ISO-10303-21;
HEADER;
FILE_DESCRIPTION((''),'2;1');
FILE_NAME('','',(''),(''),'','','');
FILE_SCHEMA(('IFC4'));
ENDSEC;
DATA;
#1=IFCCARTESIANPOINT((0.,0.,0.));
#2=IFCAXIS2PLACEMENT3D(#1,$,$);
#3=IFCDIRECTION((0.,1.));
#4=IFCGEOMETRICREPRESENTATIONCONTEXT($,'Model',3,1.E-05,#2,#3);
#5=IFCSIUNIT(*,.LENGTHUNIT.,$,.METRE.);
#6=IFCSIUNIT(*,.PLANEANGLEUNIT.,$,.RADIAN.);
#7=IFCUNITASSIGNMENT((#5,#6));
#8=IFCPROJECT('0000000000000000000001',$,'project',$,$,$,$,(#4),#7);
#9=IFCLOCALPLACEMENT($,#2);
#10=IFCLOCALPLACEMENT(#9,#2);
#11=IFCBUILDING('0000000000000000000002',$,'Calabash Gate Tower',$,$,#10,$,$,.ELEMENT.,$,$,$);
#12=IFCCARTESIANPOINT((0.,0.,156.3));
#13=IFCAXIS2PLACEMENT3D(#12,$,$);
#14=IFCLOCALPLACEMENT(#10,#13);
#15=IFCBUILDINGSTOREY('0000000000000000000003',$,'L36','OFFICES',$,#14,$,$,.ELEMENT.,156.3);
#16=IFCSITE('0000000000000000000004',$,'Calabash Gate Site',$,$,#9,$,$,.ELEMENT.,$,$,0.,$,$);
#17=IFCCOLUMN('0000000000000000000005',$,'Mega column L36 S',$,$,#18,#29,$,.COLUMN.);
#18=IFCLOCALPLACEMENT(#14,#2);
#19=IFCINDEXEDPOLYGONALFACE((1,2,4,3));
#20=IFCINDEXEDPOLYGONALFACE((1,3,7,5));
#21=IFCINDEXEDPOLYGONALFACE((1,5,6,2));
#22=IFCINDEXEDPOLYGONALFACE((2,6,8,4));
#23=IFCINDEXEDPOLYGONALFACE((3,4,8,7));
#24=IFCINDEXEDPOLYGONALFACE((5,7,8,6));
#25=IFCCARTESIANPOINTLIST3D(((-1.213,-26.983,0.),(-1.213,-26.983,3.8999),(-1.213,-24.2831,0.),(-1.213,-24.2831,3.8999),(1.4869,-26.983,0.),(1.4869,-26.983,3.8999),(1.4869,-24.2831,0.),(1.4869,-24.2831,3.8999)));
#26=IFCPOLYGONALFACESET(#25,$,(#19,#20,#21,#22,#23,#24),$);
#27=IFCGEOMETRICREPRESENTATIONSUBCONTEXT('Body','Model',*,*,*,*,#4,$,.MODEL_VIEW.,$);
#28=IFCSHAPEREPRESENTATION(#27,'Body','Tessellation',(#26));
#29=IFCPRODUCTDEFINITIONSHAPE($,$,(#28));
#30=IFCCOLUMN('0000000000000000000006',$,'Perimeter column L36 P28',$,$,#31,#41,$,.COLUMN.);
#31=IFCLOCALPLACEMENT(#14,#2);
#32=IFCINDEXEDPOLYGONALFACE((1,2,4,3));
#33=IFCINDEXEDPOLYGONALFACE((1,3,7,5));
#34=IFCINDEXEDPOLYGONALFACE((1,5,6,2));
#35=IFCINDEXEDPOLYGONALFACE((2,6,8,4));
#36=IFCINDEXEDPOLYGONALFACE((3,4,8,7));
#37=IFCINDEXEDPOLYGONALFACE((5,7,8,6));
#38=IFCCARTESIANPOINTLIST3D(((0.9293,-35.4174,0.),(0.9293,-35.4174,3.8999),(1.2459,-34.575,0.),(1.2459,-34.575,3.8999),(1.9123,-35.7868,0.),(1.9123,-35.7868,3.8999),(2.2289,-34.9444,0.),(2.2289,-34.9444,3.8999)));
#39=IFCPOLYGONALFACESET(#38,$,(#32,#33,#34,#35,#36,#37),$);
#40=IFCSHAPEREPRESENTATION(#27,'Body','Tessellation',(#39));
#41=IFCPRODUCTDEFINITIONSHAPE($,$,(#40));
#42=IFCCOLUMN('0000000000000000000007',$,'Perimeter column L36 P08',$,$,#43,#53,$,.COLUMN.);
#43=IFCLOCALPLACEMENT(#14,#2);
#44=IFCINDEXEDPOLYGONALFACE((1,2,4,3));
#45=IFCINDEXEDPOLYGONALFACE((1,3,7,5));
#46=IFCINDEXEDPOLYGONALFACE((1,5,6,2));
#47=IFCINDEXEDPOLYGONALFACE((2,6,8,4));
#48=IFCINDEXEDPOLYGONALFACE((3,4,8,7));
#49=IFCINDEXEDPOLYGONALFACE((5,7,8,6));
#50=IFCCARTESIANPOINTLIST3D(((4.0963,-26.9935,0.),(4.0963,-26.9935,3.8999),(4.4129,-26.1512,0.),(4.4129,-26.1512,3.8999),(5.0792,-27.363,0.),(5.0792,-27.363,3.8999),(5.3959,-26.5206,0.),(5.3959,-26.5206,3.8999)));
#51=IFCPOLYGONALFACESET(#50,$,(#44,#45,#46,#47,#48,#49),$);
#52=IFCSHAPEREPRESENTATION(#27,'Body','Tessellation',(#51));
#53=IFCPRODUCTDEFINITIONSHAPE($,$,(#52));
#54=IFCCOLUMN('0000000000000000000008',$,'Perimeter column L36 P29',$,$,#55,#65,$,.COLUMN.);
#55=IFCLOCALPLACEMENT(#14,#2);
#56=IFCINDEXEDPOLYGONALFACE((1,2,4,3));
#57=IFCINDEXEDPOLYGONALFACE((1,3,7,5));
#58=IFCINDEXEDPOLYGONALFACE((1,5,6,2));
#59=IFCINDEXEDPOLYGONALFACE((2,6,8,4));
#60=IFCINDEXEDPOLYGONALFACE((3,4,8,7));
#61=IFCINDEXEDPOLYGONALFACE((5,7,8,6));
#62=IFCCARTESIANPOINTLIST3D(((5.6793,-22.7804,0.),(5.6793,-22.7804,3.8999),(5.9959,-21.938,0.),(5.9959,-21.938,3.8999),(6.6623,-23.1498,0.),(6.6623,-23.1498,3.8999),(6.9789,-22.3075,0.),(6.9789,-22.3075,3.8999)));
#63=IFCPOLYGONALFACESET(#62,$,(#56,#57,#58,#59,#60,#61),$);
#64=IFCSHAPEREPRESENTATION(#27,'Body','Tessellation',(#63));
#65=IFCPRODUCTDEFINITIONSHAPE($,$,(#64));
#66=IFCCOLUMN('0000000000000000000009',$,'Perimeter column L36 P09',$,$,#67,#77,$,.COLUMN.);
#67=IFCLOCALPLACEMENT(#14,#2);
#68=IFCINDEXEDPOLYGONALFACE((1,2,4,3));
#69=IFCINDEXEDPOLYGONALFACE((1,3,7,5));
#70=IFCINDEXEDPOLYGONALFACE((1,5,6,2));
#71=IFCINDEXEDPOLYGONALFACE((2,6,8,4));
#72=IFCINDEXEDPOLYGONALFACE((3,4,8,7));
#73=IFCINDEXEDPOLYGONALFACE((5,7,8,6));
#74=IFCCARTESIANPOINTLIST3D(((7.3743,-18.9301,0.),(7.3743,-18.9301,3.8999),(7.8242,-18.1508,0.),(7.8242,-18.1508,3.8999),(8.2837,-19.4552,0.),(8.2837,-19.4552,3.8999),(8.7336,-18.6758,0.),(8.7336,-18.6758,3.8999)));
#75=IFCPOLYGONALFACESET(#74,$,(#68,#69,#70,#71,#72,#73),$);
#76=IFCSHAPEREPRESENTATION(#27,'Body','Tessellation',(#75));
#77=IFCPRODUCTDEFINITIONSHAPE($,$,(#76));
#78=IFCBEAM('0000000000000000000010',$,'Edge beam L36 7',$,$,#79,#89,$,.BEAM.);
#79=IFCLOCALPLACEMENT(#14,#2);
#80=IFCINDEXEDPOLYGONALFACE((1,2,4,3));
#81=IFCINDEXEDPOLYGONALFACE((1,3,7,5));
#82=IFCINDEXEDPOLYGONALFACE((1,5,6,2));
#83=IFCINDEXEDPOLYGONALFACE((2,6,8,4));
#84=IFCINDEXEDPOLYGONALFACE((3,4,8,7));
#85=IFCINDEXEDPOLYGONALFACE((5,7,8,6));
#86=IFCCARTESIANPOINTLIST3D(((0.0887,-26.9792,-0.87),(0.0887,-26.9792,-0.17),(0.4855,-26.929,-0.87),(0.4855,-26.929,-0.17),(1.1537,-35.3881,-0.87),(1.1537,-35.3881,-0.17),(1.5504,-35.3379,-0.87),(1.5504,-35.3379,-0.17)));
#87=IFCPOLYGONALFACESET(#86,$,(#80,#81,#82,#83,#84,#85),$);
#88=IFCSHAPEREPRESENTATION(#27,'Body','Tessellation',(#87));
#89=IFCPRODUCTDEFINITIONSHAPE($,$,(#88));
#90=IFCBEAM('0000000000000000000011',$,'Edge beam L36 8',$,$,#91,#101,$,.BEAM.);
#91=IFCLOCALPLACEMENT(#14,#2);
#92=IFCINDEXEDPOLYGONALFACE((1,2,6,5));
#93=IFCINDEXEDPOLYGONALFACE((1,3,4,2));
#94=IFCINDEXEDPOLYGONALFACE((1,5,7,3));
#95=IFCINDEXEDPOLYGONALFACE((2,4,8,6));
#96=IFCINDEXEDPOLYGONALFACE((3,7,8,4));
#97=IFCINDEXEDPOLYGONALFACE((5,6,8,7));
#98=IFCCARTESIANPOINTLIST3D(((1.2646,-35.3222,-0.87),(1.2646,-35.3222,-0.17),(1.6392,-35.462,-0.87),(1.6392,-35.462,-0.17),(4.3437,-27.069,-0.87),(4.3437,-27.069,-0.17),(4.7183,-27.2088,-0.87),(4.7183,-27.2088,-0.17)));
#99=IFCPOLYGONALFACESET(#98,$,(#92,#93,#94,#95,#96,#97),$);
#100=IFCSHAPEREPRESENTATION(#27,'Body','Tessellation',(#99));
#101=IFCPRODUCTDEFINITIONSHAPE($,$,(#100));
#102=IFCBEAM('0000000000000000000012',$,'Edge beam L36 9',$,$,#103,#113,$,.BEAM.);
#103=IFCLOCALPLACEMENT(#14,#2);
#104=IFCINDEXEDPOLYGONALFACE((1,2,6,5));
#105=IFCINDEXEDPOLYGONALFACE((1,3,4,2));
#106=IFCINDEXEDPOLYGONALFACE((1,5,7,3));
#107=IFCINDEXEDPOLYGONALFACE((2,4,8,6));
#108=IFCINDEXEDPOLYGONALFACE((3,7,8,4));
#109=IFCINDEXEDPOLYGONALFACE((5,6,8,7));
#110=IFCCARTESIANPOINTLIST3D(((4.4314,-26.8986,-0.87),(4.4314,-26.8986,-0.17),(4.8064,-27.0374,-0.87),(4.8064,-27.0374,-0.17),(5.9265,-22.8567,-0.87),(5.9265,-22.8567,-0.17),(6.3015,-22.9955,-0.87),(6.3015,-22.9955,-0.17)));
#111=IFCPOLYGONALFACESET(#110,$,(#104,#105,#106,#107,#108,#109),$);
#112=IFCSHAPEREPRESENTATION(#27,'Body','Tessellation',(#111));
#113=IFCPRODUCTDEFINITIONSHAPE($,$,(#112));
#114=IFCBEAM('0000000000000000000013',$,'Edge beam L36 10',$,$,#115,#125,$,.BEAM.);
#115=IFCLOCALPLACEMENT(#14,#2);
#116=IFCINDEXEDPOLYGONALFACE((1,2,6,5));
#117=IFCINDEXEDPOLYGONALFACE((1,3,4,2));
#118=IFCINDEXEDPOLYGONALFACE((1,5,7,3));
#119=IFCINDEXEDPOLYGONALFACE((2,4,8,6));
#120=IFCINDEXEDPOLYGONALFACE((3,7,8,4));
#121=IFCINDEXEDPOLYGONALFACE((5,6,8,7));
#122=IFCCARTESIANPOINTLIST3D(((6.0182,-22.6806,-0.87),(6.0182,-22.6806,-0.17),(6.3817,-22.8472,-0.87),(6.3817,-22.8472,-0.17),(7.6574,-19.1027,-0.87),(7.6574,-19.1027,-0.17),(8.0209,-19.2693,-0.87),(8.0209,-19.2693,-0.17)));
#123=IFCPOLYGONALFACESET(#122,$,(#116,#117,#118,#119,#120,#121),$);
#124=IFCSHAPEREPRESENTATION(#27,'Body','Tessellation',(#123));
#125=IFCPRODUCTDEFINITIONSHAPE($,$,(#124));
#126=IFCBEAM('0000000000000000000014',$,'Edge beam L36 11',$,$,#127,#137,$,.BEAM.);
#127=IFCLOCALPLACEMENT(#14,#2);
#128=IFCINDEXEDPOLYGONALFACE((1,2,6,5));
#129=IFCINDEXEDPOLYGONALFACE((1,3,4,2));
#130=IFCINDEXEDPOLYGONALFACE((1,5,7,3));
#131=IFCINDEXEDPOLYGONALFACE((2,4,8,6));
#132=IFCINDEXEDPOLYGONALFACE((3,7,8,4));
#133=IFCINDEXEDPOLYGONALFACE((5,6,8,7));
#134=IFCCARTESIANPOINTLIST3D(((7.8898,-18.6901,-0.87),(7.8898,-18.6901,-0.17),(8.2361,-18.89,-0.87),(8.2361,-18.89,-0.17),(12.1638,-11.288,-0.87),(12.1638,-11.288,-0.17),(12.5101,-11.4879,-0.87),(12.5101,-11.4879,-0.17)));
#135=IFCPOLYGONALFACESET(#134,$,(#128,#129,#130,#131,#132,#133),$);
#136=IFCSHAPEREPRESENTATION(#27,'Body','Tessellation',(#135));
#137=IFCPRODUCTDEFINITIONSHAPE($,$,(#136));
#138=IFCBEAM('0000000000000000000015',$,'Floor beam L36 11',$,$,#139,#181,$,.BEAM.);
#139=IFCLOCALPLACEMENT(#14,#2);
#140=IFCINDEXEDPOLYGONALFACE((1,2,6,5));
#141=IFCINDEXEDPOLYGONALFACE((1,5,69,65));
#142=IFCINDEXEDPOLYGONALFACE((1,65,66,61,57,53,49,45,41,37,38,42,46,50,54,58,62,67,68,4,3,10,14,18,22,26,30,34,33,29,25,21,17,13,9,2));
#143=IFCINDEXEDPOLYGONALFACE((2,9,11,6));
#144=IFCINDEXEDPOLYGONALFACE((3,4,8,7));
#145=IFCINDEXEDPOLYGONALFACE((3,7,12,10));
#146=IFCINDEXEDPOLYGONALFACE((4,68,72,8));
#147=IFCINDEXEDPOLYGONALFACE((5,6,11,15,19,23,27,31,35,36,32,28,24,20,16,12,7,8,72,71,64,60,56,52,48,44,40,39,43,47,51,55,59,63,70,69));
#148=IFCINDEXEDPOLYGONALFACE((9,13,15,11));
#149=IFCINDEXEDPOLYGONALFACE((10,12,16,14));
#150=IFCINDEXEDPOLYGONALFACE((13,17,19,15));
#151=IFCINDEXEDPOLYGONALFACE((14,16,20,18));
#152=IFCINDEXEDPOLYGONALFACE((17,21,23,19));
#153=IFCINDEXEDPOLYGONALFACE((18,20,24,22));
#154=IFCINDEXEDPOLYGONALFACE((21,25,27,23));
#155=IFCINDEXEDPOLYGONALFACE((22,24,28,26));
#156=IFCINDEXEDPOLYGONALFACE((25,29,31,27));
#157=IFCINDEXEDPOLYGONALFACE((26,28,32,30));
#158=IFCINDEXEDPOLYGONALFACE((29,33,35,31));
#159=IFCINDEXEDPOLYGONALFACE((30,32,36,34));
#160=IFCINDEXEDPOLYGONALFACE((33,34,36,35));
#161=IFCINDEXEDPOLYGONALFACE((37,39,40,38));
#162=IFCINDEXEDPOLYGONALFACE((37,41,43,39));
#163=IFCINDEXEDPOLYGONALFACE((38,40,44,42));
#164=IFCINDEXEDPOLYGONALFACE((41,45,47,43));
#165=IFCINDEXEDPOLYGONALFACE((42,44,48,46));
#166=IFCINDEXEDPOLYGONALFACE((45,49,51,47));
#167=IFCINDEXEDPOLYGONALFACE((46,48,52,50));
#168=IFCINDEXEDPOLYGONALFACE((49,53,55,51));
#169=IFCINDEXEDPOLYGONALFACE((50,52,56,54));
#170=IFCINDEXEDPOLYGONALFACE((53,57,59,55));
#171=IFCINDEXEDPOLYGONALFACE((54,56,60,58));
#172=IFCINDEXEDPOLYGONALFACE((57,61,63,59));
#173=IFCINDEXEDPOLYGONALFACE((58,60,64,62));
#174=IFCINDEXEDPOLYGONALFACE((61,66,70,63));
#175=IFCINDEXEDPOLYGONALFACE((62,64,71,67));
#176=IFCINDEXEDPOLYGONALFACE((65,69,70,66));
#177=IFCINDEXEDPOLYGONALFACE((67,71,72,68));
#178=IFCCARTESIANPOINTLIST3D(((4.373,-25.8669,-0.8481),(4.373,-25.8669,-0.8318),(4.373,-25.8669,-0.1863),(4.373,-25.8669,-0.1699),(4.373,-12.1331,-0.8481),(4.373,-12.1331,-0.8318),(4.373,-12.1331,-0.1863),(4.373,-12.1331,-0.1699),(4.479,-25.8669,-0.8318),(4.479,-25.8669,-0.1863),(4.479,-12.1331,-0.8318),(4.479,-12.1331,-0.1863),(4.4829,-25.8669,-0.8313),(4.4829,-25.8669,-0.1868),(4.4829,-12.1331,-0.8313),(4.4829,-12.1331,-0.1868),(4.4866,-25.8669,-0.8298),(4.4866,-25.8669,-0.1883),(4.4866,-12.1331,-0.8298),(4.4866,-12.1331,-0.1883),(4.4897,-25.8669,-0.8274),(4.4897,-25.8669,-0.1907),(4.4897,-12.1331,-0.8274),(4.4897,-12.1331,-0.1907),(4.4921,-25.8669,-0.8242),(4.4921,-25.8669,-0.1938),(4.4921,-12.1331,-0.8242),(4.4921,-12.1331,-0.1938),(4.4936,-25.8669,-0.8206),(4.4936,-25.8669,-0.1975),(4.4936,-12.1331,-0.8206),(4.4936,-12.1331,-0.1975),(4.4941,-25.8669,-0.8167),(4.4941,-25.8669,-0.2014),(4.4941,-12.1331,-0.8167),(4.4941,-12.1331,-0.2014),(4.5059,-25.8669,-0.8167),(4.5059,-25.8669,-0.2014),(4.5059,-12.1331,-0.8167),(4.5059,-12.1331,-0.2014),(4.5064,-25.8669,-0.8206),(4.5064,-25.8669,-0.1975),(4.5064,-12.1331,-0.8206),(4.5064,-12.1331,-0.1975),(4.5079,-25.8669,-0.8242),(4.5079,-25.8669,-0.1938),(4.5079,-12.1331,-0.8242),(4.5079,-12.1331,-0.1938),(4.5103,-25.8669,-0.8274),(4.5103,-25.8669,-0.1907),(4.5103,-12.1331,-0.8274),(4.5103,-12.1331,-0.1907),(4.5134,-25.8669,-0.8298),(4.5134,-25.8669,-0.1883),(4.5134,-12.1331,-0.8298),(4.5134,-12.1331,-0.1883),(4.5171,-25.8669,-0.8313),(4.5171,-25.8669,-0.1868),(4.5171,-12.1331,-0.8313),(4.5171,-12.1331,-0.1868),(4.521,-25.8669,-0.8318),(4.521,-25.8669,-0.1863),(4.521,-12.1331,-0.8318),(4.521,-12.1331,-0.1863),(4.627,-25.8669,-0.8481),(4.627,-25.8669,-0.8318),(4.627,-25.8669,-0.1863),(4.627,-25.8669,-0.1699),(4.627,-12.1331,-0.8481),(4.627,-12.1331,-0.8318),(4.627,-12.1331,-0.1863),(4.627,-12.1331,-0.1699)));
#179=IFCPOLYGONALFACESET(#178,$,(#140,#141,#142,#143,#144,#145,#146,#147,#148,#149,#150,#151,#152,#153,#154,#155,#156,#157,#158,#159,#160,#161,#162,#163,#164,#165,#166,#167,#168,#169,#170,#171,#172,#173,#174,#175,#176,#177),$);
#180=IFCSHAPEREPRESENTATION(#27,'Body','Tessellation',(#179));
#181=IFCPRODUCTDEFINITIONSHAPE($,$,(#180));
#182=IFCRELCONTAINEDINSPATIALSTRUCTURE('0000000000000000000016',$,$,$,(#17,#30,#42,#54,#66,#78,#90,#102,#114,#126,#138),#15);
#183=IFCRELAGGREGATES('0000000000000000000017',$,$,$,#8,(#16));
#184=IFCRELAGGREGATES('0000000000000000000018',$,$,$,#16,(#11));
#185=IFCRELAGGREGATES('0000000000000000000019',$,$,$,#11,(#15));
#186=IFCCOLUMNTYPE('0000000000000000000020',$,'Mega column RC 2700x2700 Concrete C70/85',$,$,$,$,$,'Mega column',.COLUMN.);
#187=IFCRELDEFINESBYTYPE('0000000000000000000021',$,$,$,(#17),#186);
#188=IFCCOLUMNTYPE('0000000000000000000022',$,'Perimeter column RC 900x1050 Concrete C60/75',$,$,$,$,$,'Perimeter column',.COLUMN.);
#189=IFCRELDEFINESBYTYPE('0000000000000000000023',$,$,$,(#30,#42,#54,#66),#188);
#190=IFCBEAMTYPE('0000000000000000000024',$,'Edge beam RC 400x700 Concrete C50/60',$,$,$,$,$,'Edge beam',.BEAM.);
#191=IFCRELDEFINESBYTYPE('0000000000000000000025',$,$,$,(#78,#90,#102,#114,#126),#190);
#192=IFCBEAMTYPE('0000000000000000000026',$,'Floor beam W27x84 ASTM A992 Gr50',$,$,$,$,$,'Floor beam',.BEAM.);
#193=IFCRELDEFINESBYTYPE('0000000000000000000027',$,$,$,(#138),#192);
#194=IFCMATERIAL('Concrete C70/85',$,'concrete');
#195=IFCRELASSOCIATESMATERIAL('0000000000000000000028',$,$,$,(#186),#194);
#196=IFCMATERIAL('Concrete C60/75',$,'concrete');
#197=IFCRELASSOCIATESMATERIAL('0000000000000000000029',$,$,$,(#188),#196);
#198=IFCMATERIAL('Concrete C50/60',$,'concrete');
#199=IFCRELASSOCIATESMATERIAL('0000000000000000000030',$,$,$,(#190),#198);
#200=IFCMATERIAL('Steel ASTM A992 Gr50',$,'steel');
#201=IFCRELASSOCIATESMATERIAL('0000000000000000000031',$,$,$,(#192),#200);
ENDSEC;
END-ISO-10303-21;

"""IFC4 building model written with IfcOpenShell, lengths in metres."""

from ifc_helpers import new_model, si_unit, direction, frame, origin, origin_2d, place, context, subcontext, project, spatial, rectangle, i_section, extrude, material, material_profile, profile_set, type_object, element, save


model = new_model("IFC4")

# Units and contexts
model_context = context("Model", 3, precision=1e-05, world=origin(), true_north=direction((0.0, 1.0)))
body_context = subcontext(model_context, "Body", "Model", "MODEL_VIEW")
ifc_project = project(units=[si_unit("LENGTHUNIT", "METRE"), si_unit("PLANEANGLEUNIT", "RADIAN")], contexts=[model_context])

# Site, building, storey
site_placement = place(None, origin())
site = spatial("IfcSite", under=ifc_project, at=site_placement, Name="Calabash Gate Site", CompositionType="ELEMENT", RefElevation=0.0)
building_placement = place(site_placement, origin())
building = spatial("IfcBuilding", under=site, at=building_placement, Name="Calabash Gate Tower", CompositionType="ELEMENT")
storey_placement = place(building_placement, frame((0.0, 0.0, 156.3)))
storey = spatial("IfcBuildingStorey", under=building, at=storey_placement, Name="L36", Description="OFFICES", CompositionType="ELEMENT", Elevation=156.3)

# Columns
ifc_material_1 = material(Name="Concrete C70/85", Category="concrete")
ifc_material_profile_1 = material_profile(ifc_material_1, rectangle(XDim=2.7, YDim=2.7, at=origin_2d()))
ifc_profile_set_1 = profile_set([ifc_material_profile_1], Name="Concrete C70/85")
column_type_1 = type_object("IfcColumnType", Name="Mega column RC 2700x2700 Concrete C70/85", ElementType="Mega column", PredefinedType="COLUMN", material=ifc_profile_set_1)
column_placement = place(storey_placement, frame((0.137, -25.6331, 0.0), z_axis=(0.0, 0.0, 1.0), x_axis=(0.0, 1.0, 0.0)))
element("IfcColumn", 1, at=column_placement, inside=storey, type_object=column_type_1, Name="Mega column L36 S", PredefinedType="COLUMN", context=body_context, shape_type="SweptSolid", body=[
    extrude(rectangle(XDim=2.7, YDim=2.7, at=origin_2d()), origin(), (0.0, 0.0, 1.0), 3.8999),
])
ifc_material_2 = material(Name="Concrete C60/75", Category="concrete")
ifc_material_profile_2 = material_profile(ifc_material_2, rectangle(XDim=0.8999, YDim=1.05, at=origin_2d()))
ifc_profile_set_2 = profile_set([ifc_material_profile_2], Name="Concrete C60/75")
column_type_2 = type_object("IfcColumnType", Name="Perimeter column RC 900x1050 Concrete C60/75", ElementType="Perimeter column", PredefinedType="COLUMN", material=ifc_profile_set_2)
for number, where, z_axis, x_axis, name in (
    (2, (1.5791, -35.1809, 0.0), (0.0, 0.0, 1.0), (0.351822, 0.936067, 0.0), "Perimeter column L36 P28"),
    (3, (4.7461, -26.7571, 0.0), (0.0, 0.0, 1.0), (0.351822, 0.936067, 0.0), "Perimeter column L36 P08"),
    (4, (6.3291, -22.5439, 0.0), (0.0, 0.0, 1.0), (0.351822, 0.936067, 0.0), "Perimeter column L36 P29"),
    (5, (8.054, -18.803, 0.0), (0.0, 0.0, 1.0), (0.5, 0.866025, 0.0), "Perimeter column L36 P09"),
):
    element("IfcColumn", number, at=place(storey_placement, frame(where, z_axis=z_axis, x_axis=x_axis)), inside=storey, type_object=column_type_2, Name=name, PredefinedType="COLUMN", context=body_context, shape_type="SweptSolid", body=[
        extrude(rectangle(XDim=0.8999, YDim=1.05, at=origin_2d()), origin(), (0.0, 0.0, 1.0), 3.8999),
    ])

# Beams
ifc_material_3 = material(Name="Concrete C50/60", Category="concrete")
ifc_material_profile_3 = material_profile(ifc_material_3, rectangle(XDim=0.3999, YDim=0.7, at=origin_2d()))
ifc_profile_set_3 = profile_set([ifc_material_profile_3], Name="Concrete C50/60")
beam_type_1 = type_object("IfcBeamType", Name="Edge beam RC 400x700 Concrete C50/60", ElementType="Edge beam", PredefinedType="BEAM", material=ifc_profile_set_3)
beam_1_placement = place(storey_placement, frame((0.2871, -26.9541, -0.52), z_axis=(0.12564, -0.992076, 0.0), x_axis=(0.992076, 0.12564, 0.0)))
element("IfcBeam", 6, at=beam_1_placement, inside=storey, type_object=beam_type_1, Name="Edge beam L36 7", PredefinedType="BEAM", context=body_context, shape_type="SweptSolid", body=[
    extrude(rectangle(XDim=0.3999, YDim=0.7, at=origin_2d()), origin(), (0.0, 0.0, 1.0), 8.4761),
])
beam_2_placement = place(storey_placement, frame((1.4519, -35.3921, -0.52), z_axis=(0.349547, 0.936919, 0.0), x_axis=(-0.936919, 0.349547, 0.0)))
element("IfcBeam", 7, at=beam_2_placement, inside=storey, type_object=beam_type_1, Name="Edge beam L36 8", PredefinedType="BEAM", context=body_context, shape_type="SweptSolid", body=[
    extrude(rectangle(XDim=0.3999, YDim=0.7, at=origin_2d()), origin(), (0.0, 0.0, 1.0), 8.8088),
])
beam_3_placement = place(storey_placement, frame((4.6189, -26.968, -0.52), z_axis=(0.346923, 0.937894, 0.0), x_axis=(-0.937894, 0.346923, 0.0)))
element("IfcBeam", 8, at=beam_3_placement, inside=storey, type_object=beam_type_1, Name="Edge beam L36 9", PredefinedType="BEAM", context=body_context, shape_type="SweptSolid", body=[
    extrude(rectangle(XDim=0.3999, YDim=0.7, at=origin_2d()), origin(), (0.0, 0.0, 1.0), 4.3096),
])
beam_4_placement = place(storey_placement, frame((6.2, -22.7639, -0.52), z_axis=(0.416507, 0.909132, 0.0), x_axis=(-0.909132, 0.416507, 0.0)))
element("IfcBeam", 9, at=beam_4_placement, inside=storey, type_object=beam_type_1, Name="Edge beam L36 10", PredefinedType="BEAM", context=body_context, shape_type="SweptSolid", body=[
    extrude(rectangle(XDim=0.3999, YDim=0.7, at=origin_2d()), origin(), (0.0, 0.0, 1.0), 3.9355),
])
beam_5_placement = place(storey_placement, frame((8.063, -18.79, -0.52), z_axis=(0.500028, 0.866009, 0.0), x_axis=(-0.866009, 0.500028, 0.0)))
element("IfcBeam", 10, at=beam_5_placement, inside=storey, type_object=beam_type_1, Name="Edge beam L36 11", PredefinedType="BEAM", context=body_context, shape_type="SweptSolid", body=[
    extrude(rectangle(XDim=0.3999, YDim=0.7, at=origin_2d()), origin(), (0.0, 0.0, 1.0), 8.5474),
])
ifc_material_4 = material(Name="Steel ASTM A992 Gr50", Category="steel")
ifc_material_profile_4 = material_profile(ifc_material_4, i_section(OverallWidth=0.2539, OverallDepth=0.6782, WebThickness=0.0117, FlangeThickness=0.0164, FilletRadius=0.0151, at=origin_2d()))
ifc_profile_set_4 = profile_set([ifc_material_profile_4], Name="Steel ASTM A992 Gr50")
beam_type_2 = type_object("IfcBeamType", Name="Floor beam W27x84 ASTM A992 Gr50", ElementType="Floor beam", PredefinedType="BEAM", material=ifc_profile_set_4)
beam_6_placement = place(storey_placement, frame((4.5, -25.8669, -0.509), z_axis=(0.0, 1.0, 0.0), x_axis=(-1.0, 0.0, 0.0)))
element("IfcBeam", 11, at=beam_6_placement, inside=storey, type_object=beam_type_2, Name="Floor beam L36 11", PredefinedType="BEAM", context=body_context, shape_type="SweptSolid", body=[
    extrude(i_section(OverallWidth=0.2539, OverallDepth=0.6782, WebThickness=0.0117, FlangeThickness=0.0164, FilletRadius=0.0151, at=origin_2d()), origin(), (0.0, 0.0, 1.0), 13.7339),
])

save(model, "model.ifc")
